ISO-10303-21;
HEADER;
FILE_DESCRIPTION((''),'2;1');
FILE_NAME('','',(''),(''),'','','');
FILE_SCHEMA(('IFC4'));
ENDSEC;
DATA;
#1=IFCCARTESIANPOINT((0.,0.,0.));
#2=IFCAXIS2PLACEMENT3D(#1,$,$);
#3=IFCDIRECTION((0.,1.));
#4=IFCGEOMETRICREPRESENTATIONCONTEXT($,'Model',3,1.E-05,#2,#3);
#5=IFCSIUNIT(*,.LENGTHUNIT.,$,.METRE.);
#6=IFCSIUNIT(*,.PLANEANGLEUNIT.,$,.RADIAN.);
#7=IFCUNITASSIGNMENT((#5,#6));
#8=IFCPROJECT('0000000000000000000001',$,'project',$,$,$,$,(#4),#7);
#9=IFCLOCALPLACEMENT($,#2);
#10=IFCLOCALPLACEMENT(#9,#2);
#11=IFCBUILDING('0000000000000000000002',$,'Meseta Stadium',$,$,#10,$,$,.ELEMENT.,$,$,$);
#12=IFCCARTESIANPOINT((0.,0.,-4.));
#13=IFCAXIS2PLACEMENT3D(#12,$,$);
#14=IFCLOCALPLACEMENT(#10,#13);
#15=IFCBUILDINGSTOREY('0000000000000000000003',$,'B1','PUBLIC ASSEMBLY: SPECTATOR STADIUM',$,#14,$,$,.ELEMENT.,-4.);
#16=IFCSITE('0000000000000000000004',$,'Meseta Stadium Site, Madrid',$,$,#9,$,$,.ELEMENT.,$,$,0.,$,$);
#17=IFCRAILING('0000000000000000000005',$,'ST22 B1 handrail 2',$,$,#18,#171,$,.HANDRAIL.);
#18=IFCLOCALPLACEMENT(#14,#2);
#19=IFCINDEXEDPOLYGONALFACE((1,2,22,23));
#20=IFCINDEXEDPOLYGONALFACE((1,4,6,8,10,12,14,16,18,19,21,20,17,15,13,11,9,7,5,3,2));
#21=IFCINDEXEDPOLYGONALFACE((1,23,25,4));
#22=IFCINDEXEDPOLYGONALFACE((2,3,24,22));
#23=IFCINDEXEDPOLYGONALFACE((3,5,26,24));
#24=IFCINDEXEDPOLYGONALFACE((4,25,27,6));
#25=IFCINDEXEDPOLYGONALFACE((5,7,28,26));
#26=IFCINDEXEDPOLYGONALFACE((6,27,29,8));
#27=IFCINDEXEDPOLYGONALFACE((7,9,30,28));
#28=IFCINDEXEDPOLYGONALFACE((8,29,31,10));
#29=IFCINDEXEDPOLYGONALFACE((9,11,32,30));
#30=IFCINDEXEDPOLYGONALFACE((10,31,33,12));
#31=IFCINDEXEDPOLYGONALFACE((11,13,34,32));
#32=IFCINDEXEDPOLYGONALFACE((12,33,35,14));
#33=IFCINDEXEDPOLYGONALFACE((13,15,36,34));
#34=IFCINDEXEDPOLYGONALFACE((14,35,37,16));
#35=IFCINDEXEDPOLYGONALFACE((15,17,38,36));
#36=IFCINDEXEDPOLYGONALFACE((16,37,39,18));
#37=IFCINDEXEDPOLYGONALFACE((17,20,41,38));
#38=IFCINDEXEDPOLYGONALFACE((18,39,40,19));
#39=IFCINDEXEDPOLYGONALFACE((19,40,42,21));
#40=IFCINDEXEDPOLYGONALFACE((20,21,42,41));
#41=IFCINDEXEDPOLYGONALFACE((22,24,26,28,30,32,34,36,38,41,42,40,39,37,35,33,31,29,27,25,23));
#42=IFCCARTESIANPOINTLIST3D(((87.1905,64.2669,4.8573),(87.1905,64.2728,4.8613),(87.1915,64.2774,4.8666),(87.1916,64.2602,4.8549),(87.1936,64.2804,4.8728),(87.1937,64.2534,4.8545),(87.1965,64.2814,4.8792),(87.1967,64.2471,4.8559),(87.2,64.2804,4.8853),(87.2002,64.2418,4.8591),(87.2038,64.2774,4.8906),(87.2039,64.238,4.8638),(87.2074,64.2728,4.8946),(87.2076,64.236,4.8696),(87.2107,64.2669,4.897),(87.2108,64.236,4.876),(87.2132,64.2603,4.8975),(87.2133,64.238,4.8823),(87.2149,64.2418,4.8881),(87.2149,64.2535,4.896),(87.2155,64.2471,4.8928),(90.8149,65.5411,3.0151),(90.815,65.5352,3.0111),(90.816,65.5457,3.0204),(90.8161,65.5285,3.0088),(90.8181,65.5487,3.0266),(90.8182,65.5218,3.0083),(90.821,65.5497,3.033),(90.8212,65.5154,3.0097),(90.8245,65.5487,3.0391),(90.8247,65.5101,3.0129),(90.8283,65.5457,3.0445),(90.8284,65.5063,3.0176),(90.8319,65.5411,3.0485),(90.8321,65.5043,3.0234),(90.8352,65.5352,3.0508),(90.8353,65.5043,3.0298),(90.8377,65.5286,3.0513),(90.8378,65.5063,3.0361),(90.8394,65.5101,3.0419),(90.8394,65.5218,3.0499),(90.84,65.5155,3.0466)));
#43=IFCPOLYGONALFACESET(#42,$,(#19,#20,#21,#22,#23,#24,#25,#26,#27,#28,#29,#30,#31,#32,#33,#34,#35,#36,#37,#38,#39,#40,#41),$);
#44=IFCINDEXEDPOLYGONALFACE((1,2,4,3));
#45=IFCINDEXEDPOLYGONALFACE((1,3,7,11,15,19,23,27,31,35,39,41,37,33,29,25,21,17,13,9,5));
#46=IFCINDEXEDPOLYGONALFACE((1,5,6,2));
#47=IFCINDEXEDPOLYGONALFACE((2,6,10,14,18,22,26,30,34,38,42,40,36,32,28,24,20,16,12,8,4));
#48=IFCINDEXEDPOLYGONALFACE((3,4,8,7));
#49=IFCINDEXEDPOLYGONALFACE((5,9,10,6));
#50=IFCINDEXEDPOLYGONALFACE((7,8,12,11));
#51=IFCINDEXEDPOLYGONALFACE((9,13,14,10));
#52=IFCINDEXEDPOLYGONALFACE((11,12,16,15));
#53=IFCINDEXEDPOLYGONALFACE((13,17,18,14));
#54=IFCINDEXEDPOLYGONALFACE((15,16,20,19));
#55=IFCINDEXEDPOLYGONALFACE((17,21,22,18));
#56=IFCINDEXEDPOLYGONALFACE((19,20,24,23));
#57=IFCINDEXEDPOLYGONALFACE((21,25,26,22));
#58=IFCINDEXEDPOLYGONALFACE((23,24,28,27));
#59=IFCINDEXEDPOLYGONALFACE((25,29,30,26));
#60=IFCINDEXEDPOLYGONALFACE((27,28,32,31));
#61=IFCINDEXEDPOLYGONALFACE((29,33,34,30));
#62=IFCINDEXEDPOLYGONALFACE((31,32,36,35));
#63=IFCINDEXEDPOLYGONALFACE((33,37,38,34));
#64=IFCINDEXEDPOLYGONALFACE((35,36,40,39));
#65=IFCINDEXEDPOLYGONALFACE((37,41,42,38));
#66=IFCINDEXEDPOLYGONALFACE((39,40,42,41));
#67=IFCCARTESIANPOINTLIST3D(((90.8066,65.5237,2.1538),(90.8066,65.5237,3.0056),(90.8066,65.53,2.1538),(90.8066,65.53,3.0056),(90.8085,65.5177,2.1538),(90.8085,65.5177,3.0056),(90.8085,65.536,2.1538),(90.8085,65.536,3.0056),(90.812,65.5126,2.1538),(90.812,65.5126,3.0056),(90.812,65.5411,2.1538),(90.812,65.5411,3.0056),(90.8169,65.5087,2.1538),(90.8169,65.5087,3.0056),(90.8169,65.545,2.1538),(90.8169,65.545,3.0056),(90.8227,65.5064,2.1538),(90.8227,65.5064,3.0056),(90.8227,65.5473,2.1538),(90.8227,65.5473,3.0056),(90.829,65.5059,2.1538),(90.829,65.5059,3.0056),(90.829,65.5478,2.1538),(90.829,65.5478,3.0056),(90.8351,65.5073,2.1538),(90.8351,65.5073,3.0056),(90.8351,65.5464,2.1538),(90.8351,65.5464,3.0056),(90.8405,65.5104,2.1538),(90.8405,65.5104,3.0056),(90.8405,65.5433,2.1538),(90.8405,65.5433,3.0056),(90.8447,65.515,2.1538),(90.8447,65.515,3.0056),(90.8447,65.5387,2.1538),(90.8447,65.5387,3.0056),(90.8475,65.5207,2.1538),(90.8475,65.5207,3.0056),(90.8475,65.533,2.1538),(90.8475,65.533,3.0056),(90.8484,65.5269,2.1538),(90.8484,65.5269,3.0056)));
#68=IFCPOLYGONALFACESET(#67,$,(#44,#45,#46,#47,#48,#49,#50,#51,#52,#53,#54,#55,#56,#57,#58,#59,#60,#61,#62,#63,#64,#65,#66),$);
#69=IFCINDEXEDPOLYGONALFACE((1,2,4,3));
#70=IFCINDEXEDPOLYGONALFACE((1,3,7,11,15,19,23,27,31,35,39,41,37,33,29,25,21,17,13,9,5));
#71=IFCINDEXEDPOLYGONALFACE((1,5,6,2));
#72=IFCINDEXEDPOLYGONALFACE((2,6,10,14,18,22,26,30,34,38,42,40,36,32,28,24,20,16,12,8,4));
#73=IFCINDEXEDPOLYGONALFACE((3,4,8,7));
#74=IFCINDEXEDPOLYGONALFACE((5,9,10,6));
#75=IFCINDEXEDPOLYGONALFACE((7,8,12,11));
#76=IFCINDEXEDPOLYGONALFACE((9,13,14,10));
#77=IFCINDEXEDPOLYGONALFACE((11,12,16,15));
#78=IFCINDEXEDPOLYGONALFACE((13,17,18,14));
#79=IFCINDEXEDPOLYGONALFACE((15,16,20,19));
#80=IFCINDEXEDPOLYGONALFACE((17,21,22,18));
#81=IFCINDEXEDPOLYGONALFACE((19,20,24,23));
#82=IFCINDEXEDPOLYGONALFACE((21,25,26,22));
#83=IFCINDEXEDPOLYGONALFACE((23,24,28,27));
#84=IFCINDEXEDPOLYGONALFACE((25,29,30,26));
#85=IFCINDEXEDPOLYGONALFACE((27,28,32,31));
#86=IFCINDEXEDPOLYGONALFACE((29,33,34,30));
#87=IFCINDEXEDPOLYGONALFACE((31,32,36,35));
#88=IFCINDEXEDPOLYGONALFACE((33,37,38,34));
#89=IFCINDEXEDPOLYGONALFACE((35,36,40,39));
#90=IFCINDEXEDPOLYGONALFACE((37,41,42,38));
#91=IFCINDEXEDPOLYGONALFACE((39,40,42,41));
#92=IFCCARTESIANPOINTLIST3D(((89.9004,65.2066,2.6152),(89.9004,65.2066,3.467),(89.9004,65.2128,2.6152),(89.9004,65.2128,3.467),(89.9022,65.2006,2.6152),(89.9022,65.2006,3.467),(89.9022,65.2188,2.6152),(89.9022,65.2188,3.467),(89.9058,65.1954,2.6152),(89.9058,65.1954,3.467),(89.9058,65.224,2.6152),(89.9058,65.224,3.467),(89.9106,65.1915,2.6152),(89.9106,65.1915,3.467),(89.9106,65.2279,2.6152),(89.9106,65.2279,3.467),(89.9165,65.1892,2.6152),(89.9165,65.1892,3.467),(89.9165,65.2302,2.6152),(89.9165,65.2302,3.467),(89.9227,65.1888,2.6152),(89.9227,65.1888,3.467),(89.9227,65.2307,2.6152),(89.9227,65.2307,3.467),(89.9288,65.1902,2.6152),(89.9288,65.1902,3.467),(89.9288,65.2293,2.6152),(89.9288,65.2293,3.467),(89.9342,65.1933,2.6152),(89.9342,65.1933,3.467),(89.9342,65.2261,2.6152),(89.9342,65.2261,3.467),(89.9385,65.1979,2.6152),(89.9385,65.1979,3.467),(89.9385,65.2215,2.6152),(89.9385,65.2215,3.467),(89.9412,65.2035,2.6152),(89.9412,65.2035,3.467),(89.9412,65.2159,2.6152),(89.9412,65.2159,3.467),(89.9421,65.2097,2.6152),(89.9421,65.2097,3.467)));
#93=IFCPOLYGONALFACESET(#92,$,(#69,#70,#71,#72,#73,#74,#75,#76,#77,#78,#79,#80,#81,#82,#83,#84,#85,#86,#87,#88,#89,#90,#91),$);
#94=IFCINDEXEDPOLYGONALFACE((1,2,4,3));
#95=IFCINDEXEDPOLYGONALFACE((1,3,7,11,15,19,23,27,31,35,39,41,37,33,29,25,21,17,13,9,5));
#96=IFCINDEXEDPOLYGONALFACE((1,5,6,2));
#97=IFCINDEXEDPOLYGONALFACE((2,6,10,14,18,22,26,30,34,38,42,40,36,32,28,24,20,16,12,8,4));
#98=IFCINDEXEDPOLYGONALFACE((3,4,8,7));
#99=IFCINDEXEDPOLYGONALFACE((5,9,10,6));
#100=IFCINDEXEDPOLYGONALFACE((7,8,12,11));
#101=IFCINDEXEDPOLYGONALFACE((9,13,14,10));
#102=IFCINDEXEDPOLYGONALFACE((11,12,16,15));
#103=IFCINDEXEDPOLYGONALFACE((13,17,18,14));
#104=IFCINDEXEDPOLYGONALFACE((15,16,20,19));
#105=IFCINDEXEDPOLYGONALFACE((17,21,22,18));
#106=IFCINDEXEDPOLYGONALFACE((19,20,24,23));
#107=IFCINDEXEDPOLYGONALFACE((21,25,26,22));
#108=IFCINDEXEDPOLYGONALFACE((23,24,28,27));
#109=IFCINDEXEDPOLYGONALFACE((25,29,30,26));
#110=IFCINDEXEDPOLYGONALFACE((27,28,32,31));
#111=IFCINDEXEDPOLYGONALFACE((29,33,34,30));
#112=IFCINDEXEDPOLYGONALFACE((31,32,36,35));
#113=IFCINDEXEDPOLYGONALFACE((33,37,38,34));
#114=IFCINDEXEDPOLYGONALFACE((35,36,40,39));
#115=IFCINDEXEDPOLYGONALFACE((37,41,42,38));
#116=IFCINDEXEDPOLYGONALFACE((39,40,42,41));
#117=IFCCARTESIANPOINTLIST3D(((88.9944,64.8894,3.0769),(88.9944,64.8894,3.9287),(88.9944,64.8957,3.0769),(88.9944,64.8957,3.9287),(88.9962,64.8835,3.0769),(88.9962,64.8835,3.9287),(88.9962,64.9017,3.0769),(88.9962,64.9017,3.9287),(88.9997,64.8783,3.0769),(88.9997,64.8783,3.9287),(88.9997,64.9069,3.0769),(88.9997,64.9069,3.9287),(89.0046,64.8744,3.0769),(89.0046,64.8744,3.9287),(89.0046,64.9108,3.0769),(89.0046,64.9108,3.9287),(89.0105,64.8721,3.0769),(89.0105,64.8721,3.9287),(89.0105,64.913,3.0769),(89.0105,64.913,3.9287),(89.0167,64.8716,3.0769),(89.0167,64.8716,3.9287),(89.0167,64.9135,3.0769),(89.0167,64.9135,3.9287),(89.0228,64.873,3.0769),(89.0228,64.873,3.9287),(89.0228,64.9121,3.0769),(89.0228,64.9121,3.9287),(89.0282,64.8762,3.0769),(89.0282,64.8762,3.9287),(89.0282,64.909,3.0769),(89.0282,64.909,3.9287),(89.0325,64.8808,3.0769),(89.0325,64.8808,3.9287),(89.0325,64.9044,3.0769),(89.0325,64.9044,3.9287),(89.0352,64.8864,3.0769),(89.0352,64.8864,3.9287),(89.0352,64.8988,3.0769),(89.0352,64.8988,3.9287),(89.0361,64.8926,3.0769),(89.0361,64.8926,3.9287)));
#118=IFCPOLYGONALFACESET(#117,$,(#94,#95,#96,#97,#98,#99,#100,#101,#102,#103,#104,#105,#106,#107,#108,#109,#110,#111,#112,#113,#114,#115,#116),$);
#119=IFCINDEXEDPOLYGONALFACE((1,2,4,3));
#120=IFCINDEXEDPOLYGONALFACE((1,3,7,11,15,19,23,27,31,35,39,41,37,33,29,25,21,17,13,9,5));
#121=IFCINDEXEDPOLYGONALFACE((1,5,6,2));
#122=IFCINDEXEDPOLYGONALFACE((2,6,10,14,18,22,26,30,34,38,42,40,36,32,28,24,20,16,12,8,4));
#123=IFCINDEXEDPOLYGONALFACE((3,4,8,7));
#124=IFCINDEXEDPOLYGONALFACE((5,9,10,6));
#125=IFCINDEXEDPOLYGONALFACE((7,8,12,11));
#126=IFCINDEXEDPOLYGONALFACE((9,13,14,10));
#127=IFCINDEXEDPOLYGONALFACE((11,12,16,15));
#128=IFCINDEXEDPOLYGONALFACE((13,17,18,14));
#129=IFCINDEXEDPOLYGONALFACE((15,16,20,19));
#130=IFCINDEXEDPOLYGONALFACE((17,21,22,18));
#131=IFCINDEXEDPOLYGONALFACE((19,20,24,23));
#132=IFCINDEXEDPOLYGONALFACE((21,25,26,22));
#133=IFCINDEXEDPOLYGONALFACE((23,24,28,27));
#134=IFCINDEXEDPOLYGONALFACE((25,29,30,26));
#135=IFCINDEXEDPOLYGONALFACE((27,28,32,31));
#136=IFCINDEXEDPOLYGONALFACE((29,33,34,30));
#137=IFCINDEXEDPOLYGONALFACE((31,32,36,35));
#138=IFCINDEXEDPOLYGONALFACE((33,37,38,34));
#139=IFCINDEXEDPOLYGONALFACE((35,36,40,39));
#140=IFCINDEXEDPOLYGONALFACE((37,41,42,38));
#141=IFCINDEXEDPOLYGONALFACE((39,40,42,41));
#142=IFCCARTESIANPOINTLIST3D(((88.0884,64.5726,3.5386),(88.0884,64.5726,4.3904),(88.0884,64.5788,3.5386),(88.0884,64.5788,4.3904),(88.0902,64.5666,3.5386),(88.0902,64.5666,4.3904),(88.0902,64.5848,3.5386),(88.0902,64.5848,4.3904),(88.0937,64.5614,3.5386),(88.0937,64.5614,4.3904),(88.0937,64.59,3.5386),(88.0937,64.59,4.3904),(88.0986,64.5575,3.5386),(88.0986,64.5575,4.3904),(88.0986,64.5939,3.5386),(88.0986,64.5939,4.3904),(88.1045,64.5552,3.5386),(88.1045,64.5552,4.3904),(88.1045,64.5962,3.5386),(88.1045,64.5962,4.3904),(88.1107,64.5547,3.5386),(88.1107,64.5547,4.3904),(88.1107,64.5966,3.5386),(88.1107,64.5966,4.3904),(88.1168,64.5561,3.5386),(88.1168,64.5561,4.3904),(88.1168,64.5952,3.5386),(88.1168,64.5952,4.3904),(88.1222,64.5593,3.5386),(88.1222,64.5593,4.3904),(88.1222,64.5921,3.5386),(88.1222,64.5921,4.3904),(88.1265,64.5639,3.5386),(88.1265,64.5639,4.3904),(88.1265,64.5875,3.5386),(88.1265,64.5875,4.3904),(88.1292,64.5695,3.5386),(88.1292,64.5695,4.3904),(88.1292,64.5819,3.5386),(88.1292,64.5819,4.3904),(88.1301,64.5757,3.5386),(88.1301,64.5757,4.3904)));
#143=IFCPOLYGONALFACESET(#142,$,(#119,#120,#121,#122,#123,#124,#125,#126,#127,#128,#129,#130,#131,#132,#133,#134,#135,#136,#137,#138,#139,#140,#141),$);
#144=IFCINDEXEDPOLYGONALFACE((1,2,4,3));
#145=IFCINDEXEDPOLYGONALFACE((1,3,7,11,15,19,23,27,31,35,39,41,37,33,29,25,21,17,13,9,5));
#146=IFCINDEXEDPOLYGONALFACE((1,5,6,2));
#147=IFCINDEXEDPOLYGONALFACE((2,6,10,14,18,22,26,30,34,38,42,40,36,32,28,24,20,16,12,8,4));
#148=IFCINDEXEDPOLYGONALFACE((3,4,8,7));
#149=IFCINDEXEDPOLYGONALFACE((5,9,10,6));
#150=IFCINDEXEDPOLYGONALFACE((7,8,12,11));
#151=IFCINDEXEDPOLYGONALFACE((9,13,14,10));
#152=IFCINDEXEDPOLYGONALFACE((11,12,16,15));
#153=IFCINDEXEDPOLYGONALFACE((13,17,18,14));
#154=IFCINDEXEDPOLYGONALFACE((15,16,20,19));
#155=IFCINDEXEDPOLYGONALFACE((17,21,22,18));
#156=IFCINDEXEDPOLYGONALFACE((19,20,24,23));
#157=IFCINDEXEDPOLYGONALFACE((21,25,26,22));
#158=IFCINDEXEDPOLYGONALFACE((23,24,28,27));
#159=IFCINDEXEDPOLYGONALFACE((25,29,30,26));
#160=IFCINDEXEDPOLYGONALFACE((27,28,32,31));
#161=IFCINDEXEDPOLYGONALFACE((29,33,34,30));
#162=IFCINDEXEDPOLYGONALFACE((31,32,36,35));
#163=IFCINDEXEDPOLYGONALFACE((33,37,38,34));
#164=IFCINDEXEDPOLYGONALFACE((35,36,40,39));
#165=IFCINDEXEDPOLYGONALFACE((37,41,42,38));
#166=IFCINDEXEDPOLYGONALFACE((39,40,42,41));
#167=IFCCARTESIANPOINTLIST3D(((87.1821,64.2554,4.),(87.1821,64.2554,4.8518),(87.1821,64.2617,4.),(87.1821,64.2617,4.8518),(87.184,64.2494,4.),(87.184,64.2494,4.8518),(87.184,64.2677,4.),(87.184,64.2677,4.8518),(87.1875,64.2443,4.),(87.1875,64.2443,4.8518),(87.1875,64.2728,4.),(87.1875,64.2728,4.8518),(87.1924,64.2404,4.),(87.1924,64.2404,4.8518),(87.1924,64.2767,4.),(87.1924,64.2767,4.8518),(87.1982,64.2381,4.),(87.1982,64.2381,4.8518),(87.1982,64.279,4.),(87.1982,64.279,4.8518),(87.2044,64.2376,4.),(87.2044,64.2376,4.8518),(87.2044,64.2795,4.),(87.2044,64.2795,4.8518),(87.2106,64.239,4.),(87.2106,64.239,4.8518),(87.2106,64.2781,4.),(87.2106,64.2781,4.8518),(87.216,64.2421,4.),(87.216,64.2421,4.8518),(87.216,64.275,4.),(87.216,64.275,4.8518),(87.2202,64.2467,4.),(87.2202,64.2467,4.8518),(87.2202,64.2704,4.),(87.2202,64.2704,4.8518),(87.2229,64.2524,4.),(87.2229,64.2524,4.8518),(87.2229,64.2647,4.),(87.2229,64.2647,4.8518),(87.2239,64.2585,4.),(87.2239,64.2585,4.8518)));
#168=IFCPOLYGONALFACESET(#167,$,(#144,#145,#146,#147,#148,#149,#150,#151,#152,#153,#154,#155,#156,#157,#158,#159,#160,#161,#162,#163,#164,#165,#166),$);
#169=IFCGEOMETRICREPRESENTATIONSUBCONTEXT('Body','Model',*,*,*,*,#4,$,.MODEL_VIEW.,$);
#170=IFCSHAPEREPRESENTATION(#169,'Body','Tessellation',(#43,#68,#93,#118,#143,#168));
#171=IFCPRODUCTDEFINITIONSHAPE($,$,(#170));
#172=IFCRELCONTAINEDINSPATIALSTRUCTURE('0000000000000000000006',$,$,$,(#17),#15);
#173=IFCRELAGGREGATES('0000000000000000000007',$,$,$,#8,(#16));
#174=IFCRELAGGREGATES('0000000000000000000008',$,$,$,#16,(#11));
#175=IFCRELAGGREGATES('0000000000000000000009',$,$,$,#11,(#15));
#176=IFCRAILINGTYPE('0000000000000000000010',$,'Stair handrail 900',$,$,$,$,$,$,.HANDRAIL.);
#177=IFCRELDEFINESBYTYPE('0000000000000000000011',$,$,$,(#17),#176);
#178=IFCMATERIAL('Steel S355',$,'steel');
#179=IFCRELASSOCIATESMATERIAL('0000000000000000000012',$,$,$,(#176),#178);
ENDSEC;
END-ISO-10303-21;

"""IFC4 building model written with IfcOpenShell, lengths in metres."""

from ifc_helpers import new_model, si_unit, direction, frame, origin, origin_2d, place, context, subcontext, project, spatial, circle, extrude, material, type_object, element, save


model = new_model("IFC4")

# Units and contexts
model_context = context("Model", 3, precision=1e-05, world=origin(), true_north=direction((0.0, 1.0)))
body_context = subcontext(model_context, "Body", "Model", "MODEL_VIEW")
ifc_project = project(units=[si_unit("LENGTHUNIT", "METRE"), si_unit("PLANEANGLEUNIT", "RADIAN")], contexts=[model_context])

# Site, building, storey
site_placement = place(None, origin())
site = spatial("IfcSite", under=ifc_project, at=site_placement, Name="Meseta Stadium Site, Madrid", CompositionType="ELEMENT", RefElevation=0.0)
building_placement = place(site_placement, origin())
building = spatial("IfcBuilding", under=site, at=building_placement, Name="Meseta Stadium", CompositionType="ELEMENT")
storey_placement = place(building_placement, frame((0.0, 0.0, -4.0)))
storey = spatial("IfcBuildingStorey", under=building, at=storey_placement, Name="B1", Description="PUBLIC ASSEMBLY: SPECTATOR STADIUM", CompositionType="ELEMENT", Elevation=-4.0)

# Railing
ifc_material_1 = material(Name="Steel S355", Category="steel")
railing_type_1 = type_object("IfcRailingType", Name="Stair handrail 900", PredefinedType="HANDRAIL", material=ifc_material_1)
for number, where, name in (
    (1, (90.8274, 65.5269, 2.1538), "ST22 B1 handrail 2"),
):
    element("IfcRailing", number, at=place(storey_placement, frame(where)), inside=storey, type_object=railing_type_1, Name=name, PredefinedType="HANDRAIL", context=body_context, shape_type="SweptSolid", body=[
        extrude(circle(Radius=0.0239, at=origin_2d()), frame((0.0, 0.0, 0.876), z_axis=(-0.850672, -0.297672, 0.4333), x_axis=(0.330288, -0.94388, 0.0)), (0.0, 0.0, 1.0), 4.2607),
        extrude(circle(Radius=0.021, at=origin_2d()), origin(), (0.0, 0.0, 1.0), 0.8518),
        extrude(circle(Radius=0.021, at=origin_2d()), frame((-0.9062, -0.3171, 0.4614)), (0.0, 0.0, 1.0), 0.8518),
        extrude(circle(Radius=0.021, at=origin_2d()), frame((-1.8123, -0.6343, 0.9231)), (0.0, 0.0, 1.0), 0.8518),
        extrude(circle(Radius=0.021, at=origin_2d()), frame((-2.7183, -0.9512, 1.3848)), (0.0, 0.0, 1.0), 0.8518),
        extrude(circle(Radius=0.021, at=origin_2d()), frame((-3.6245, -1.2683, 1.8462)), (0.0, 0.0, 1.0), 0.8518),
    ])

save(model, "model.ifc")
